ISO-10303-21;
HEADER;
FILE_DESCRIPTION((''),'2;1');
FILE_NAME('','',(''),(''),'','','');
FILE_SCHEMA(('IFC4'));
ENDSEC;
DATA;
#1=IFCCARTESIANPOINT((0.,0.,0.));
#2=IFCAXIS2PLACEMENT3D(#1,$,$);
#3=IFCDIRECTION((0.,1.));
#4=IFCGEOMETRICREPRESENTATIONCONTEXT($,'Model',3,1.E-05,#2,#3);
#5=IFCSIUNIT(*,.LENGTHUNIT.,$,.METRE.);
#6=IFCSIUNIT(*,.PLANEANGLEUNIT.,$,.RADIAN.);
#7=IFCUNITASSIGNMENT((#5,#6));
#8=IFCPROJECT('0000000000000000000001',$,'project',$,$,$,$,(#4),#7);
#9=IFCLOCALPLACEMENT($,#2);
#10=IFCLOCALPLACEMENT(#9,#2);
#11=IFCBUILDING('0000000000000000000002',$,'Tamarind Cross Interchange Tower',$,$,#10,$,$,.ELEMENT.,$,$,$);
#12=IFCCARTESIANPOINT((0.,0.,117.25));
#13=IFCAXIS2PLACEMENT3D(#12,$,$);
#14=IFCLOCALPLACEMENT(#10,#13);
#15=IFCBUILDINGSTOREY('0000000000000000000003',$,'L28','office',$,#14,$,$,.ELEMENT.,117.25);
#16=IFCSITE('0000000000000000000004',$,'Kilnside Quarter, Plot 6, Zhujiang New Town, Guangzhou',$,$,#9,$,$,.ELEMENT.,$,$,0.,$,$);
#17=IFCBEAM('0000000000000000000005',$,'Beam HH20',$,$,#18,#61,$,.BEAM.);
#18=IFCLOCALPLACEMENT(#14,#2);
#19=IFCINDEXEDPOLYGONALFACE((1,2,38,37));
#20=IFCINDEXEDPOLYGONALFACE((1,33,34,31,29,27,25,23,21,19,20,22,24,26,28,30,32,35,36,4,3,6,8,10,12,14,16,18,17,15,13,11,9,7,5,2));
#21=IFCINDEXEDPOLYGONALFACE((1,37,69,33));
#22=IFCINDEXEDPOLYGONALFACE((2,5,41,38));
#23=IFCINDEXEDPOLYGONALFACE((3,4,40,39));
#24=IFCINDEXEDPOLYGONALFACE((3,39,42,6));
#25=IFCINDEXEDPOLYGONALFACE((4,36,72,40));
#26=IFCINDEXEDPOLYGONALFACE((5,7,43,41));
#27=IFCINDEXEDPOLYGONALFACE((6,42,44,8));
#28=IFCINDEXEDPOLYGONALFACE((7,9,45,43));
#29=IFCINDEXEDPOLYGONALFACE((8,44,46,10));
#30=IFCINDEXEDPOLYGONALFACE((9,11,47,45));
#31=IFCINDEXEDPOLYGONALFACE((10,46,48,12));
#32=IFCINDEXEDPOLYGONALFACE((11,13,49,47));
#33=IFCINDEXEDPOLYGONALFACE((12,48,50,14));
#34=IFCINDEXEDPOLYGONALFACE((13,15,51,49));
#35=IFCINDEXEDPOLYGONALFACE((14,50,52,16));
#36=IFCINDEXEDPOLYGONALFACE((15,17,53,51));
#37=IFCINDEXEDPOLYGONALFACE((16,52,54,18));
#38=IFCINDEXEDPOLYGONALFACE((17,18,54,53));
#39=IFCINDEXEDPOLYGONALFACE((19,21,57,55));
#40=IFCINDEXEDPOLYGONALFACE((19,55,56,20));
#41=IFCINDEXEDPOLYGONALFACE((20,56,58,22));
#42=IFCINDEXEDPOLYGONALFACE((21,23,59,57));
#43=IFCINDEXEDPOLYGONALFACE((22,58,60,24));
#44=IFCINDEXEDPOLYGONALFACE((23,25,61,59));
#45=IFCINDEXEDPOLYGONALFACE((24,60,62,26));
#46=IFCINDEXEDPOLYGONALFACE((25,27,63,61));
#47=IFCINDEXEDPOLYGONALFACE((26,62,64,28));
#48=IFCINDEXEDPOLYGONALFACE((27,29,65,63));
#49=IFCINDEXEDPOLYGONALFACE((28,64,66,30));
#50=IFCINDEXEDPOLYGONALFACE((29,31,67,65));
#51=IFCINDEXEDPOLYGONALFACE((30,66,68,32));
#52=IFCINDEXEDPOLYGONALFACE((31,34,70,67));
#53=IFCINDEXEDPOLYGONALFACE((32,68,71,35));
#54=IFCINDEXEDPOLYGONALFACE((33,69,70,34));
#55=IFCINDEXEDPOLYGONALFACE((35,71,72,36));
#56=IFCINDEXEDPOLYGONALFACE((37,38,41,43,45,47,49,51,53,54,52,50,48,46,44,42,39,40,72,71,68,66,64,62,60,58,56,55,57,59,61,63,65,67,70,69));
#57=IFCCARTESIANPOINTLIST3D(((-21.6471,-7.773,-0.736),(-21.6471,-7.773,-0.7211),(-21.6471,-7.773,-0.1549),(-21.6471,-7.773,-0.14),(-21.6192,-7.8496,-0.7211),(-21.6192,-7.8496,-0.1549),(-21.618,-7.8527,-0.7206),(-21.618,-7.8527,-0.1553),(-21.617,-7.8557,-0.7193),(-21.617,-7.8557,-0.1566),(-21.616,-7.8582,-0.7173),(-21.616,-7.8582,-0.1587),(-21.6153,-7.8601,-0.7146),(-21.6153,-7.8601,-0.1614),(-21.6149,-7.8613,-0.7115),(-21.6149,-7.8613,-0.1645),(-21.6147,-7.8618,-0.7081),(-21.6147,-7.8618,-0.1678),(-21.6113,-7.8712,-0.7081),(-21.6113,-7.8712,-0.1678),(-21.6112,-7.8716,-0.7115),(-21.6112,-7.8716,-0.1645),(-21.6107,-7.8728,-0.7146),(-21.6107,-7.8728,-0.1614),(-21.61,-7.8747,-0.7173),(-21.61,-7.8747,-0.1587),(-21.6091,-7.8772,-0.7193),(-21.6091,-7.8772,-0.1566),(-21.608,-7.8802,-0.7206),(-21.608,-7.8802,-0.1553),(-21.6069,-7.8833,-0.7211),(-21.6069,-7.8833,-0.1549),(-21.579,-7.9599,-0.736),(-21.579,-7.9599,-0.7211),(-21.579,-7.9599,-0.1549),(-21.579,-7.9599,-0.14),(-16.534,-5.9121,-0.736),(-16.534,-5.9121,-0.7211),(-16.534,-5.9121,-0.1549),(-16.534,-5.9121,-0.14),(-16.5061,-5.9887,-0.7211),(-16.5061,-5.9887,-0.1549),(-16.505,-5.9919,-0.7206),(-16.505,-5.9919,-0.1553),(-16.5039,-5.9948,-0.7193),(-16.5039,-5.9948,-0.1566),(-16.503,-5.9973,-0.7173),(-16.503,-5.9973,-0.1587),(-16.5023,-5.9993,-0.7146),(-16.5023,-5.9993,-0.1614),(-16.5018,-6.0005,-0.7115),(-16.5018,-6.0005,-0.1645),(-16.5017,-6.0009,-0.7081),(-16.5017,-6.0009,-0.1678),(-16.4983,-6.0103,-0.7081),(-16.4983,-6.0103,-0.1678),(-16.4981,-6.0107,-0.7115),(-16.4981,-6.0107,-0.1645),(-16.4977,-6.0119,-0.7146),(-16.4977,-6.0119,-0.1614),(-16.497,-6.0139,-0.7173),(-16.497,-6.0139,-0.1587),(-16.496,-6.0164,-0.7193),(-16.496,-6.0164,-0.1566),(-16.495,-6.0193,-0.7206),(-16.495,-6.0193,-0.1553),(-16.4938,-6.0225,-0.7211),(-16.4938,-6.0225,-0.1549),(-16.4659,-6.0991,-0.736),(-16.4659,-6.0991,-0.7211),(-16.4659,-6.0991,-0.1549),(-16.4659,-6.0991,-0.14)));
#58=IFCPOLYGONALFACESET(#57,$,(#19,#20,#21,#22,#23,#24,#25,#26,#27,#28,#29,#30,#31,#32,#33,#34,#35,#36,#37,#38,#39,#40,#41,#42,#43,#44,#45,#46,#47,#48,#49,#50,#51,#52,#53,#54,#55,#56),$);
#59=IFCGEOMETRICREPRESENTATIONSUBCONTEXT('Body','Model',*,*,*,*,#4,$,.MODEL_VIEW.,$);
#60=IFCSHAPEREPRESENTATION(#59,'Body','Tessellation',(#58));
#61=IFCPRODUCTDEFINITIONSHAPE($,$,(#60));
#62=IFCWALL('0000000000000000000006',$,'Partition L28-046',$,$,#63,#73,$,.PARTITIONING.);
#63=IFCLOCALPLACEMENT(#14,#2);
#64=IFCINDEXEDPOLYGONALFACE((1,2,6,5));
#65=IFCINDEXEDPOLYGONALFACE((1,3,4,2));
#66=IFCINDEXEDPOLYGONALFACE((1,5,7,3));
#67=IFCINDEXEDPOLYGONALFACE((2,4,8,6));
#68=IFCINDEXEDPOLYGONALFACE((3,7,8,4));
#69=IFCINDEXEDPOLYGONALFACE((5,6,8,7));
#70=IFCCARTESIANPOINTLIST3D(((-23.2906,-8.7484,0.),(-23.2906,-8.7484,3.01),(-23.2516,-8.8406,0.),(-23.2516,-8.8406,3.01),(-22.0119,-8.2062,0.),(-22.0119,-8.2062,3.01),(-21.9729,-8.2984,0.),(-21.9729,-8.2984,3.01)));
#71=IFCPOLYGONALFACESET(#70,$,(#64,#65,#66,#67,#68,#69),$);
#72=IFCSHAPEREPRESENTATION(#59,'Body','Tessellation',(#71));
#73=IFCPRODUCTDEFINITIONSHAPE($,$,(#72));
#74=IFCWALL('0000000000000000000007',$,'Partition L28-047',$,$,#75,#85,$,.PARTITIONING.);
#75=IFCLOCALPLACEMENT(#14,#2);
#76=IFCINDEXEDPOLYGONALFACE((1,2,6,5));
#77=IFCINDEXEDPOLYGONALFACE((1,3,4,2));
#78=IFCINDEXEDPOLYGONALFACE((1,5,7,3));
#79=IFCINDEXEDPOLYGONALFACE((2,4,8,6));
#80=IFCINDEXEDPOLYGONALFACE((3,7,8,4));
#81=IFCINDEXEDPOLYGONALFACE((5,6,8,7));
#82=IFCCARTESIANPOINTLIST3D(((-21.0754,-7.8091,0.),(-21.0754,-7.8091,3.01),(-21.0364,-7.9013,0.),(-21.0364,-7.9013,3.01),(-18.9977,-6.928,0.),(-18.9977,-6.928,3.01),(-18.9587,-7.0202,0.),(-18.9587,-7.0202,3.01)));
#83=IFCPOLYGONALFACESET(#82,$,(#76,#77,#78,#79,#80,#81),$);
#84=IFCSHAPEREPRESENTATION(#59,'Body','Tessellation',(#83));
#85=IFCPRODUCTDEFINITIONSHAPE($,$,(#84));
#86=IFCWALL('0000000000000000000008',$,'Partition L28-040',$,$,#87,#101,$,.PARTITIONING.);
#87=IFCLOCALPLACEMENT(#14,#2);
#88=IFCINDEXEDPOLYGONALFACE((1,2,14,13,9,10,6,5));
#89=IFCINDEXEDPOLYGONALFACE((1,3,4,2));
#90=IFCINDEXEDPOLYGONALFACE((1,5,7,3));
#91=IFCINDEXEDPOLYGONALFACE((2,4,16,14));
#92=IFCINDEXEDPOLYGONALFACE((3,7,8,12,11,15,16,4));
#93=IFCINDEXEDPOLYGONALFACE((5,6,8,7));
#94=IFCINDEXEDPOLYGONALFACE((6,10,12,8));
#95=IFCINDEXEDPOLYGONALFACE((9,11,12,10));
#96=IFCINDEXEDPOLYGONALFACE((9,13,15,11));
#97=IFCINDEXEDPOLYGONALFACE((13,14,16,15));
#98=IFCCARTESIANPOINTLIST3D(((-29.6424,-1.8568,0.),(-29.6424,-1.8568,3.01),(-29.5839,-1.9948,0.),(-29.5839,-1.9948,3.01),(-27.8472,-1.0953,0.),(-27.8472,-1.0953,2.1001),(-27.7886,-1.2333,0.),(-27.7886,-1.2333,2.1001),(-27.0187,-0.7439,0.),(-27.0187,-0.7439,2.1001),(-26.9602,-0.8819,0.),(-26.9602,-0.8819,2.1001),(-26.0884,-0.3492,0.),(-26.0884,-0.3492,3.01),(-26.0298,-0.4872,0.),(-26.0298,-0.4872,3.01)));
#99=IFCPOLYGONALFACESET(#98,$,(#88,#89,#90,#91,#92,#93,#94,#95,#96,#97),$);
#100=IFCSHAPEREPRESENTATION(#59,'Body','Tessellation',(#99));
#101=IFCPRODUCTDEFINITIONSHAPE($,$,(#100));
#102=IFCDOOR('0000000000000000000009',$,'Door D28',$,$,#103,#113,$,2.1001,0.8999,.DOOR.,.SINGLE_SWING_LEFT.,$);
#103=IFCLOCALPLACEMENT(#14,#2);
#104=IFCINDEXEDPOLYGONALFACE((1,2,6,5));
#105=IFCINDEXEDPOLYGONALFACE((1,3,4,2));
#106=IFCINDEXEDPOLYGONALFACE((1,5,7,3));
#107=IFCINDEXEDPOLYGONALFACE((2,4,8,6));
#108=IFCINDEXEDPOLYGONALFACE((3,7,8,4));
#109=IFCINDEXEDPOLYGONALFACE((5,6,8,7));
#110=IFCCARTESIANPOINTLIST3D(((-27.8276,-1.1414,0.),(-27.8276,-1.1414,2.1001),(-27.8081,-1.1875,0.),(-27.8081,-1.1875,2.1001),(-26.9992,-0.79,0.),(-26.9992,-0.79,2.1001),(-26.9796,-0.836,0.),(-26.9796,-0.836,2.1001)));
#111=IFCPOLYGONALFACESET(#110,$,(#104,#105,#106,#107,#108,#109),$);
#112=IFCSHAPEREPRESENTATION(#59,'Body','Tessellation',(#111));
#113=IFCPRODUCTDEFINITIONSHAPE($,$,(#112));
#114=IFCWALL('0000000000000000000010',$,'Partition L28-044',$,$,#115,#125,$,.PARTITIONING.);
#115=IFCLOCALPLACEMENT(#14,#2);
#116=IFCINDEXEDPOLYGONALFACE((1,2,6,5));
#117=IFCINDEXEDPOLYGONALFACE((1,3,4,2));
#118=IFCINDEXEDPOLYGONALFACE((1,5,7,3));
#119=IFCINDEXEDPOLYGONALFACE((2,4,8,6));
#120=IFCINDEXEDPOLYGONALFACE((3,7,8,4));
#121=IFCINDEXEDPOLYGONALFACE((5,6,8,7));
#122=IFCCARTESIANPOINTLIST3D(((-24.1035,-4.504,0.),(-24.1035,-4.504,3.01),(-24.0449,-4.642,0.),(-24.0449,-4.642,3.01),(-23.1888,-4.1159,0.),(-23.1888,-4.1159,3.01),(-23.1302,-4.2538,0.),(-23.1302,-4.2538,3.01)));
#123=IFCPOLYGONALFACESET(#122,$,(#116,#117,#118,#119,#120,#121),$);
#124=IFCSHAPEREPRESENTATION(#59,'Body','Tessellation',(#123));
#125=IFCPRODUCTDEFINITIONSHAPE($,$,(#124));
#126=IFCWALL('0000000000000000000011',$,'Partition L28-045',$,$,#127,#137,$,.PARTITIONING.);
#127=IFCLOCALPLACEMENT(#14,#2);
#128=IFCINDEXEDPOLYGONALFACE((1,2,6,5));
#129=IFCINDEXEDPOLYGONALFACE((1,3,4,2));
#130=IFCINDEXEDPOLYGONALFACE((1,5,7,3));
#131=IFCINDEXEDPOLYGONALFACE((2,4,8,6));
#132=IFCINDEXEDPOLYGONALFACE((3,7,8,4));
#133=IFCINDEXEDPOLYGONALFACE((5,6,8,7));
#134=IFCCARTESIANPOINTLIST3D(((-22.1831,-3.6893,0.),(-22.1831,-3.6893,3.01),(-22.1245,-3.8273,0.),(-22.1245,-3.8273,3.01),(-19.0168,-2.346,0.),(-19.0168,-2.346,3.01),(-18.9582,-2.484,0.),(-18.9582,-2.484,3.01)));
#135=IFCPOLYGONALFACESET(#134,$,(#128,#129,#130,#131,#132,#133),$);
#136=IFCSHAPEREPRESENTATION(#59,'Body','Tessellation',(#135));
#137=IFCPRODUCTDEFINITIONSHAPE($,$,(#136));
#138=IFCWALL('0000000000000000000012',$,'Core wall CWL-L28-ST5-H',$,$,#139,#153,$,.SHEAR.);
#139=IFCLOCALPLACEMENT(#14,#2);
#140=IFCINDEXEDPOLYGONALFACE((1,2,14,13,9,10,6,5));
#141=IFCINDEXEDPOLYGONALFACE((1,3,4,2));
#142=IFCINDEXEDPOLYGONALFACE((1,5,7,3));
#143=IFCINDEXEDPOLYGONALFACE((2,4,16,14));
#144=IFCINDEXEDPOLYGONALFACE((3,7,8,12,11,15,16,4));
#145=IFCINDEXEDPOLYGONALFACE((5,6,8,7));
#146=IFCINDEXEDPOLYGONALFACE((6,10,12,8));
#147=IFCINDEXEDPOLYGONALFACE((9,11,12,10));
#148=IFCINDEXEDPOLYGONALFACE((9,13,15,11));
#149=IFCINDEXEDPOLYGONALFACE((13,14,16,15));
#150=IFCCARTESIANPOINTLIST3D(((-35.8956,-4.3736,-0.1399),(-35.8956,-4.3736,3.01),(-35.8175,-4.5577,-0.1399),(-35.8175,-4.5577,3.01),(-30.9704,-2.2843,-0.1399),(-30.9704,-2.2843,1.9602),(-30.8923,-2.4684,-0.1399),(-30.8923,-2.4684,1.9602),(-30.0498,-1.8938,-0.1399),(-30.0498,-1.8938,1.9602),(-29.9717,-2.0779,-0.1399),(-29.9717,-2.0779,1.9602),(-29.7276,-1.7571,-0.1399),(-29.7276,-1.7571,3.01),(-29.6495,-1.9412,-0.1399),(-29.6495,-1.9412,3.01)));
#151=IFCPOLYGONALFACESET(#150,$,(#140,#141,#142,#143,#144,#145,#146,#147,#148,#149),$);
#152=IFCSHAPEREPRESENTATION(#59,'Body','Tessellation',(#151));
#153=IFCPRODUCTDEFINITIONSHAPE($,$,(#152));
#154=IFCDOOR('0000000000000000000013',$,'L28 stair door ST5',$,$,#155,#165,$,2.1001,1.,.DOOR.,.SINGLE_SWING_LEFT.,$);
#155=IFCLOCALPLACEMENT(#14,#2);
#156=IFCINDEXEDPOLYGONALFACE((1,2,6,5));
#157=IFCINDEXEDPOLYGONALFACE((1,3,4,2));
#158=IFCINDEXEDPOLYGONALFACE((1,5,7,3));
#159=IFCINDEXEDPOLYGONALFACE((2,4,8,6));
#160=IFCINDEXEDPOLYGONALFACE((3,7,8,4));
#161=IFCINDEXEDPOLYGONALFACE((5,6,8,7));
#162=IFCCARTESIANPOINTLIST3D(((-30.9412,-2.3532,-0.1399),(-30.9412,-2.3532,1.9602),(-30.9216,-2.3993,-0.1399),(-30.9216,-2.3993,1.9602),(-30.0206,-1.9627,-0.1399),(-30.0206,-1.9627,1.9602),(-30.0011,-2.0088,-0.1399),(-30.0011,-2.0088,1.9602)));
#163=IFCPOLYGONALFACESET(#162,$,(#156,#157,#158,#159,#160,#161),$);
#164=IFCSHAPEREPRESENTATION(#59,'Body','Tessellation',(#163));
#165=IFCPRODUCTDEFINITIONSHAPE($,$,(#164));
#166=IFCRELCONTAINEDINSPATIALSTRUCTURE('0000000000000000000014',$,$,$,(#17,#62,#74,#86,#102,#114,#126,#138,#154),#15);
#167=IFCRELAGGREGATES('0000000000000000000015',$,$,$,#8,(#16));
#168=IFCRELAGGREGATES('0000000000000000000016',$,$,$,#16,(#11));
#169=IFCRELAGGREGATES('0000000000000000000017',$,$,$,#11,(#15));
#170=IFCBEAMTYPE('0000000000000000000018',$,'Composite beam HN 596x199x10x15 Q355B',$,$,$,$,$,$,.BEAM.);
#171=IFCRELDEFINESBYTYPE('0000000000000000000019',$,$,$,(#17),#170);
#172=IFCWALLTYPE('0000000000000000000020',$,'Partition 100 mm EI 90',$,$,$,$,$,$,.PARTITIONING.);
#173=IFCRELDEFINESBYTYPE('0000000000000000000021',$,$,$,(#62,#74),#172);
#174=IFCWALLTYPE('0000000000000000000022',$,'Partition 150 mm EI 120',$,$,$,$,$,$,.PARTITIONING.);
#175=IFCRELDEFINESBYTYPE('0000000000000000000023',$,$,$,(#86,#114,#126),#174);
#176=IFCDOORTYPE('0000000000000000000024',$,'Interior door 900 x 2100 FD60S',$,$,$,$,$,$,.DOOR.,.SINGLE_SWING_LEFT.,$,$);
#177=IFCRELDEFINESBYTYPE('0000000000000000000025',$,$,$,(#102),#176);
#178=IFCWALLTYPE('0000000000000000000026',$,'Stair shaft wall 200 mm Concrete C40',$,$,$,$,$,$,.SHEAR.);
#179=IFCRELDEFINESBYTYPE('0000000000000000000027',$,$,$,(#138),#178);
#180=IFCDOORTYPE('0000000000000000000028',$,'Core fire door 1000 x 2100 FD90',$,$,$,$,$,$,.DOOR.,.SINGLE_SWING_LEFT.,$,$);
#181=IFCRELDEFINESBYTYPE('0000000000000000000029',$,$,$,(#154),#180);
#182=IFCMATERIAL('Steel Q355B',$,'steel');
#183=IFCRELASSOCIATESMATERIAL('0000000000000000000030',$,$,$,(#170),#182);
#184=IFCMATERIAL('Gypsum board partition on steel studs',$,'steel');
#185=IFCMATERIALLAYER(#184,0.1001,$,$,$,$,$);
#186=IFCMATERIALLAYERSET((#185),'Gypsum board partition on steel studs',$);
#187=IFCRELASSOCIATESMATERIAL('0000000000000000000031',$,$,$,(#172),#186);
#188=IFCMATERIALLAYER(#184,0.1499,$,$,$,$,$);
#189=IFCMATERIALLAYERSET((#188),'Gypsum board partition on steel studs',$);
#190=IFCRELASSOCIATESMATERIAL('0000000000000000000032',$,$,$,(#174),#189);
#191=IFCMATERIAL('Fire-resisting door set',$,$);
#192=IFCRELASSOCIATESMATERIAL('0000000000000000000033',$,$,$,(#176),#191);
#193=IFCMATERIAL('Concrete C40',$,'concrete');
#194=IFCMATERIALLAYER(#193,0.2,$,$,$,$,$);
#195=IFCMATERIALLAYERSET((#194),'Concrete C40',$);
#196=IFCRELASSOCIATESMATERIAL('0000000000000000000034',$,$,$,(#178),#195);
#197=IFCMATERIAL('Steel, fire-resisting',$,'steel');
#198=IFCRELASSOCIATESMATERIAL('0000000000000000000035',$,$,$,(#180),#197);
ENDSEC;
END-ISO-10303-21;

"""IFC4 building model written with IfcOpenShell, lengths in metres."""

from ifc_helpers import new_model, si_unit, direction, frame, frame_2d, origin, origin_2d, place, context, subcontext, project, spatial, rectangle, i_section, extrude, material, layer, layer_set, material_profile, profile_set, type_object, element, fill, save


model = new_model("IFC4")

# Units and contexts
model_context = context("Model", 3, precision=1e-05, world=origin(), true_north=direction((0.0, 1.0)))
body_context = subcontext(model_context, "Body", "Model", "MODEL_VIEW")
ifc_project = project(units=[si_unit("LENGTHUNIT", "METRE"), si_unit("PLANEANGLEUNIT", "RADIAN")], contexts=[model_context])

# Site, building, storey
site_placement = place(None, origin())
site = spatial("IfcSite", under=ifc_project, at=site_placement, Name="Kilnside Quarter, Plot 6, Zhujiang New Town, Guangzhou", CompositionType="ELEMENT", RefElevation=0.0)
building_placement = place(site_placement, origin())
building = spatial("IfcBuilding", under=site, at=building_placement, Name="Tamarind Cross Interchange Tower", CompositionType="ELEMENT")
storey_placement = place(building_placement, frame((0.0, 0.0, 117.25)))
storey = spatial("IfcBuildingStorey", under=building, at=storey_placement, Name="L28", Description="office", CompositionType="ELEMENT", Elevation=117.25)

# Beam
ifc_material_1 = material(Name="Steel Q355B", Category="steel")
ifc_material_profile_1 = material_profile(ifc_material_1, i_section(OverallWidth=0.199, OverallDepth=0.5959, WebThickness=0.01, FlangeThickness=0.0149, FilletRadius=0.0129, at=origin_2d()), Name="HN 596x199x10x15")
ifc_profile_set_1 = profile_set([ifc_material_profile_1], Name="Steel Q355B")
beam_type_1 = type_object("IfcBeamType", Name="Composite beam HN 596x199x10x15 Q355B", PredefinedType="BEAM", material=ifc_profile_set_1)
beam_1_placement = place(storey_placement, frame((-21.613, -7.8665, -0.438), z_axis=(0.939702, 0.341995, 0.0), x_axis=(-0.341995, 0.939702, 0.0)))
element("IfcBeam", 1, at=beam_1_placement, inside=storey, type_object=beam_type_1, Name="Beam HH20", PredefinedType="BEAM", context=body_context, shape_type="SweptSolid", body=[
    extrude(i_section(OverallWidth=0.199, OverallDepth=0.5959, WebThickness=0.01, FlangeThickness=0.0149, FilletRadius=0.0129, at=origin_2d()), origin(), (0.0, 0.0, 1.0), 5.4412),
])

# Walls
ifc_material_2 = material(Name="Gypsum board partition on steel studs", Category="steel")
ifc_layer_1 = layer(ifc_material_2, 0.1001)
ifc_layer_set_1 = layer_set([ifc_layer_1], Name="Gypsum board partition on steel studs")
wall_type_1 = type_object("IfcWallType", Name="Partition 100 mm EI 90", PredefinedType="PARTITIONING", material=ifc_layer_set_1)
wall_1_placement = place(storey_placement, frame((-23.271, -8.7944, 0.0), z_axis=(0.0, 0.0, 1.0), x_axis=(0.920656, 0.390374, 0.0)))
element("IfcWall", 2, at=wall_1_placement, inside=storey, type_object=wall_type_1, Name="Partition L28-046", PredefinedType="PARTITIONING", context=body_context, shape_type="SweptSolid", body=[
    extrude(rectangle(XDim=1.3889, YDim=0.1001, at=frame_2d((0.6943, 0.0))), origin(), (0.0, 0.0, 1.0), 3.01),
])
wall_2_placement = place(storey_placement, frame((-21.0559, -7.8552, 0.0), z_axis=(0.0, 0.0, 1.0), x_axis=(0.920632, 0.39043, 0.0)))
element("IfcWall", 3, at=wall_2_placement, inside=storey, type_object=wall_type_1, Name="Partition L28-047", PredefinedType="PARTITIONING", context=body_context, shape_type="SweptSolid", body=[
    extrude(rectangle(XDim=2.2568, YDim=0.1001, at=frame_2d((1.1284, 0.0))), origin(), (0.0, 0.0, 1.0), 3.01),
])

# Wall, opening, door
ifc_layer_2 = layer(ifc_material_2, 0.1499)
ifc_layer_set_2 = layer_set([ifc_layer_2], Name="Gypsum board partition on steel studs")
wall_type_2 = type_object("IfcWallType", Name="Partition 150 mm EI 120", PredefinedType="PARTITIONING", material=ifc_layer_set_2)
wall_3_placement = place(storey_placement, frame((-29.613, -1.9258, 0.0), z_axis=(0.0, 0.0, 1.0), x_axis=(0.920598, 0.390512, 0.0)))
wall_3 = element("IfcWall", 4, at=wall_3_placement, inside=storey, type_object=wall_type_2, Name="Partition L28-040", PredefinedType="PARTITIONING", context=body_context, shape_type="SweptSolid", body=[
    extrude(rectangle(XDim=3.8606, YDim=0.1499, at=frame_2d((1.9302, 0.0))), origin(), (0.0, 0.0, 1.0), 3.01),
])
opening_1_placement = place(wall_3_placement, frame((1.95, 0.0, 0.0)))
opening_1 = element("IfcOpeningElement", 5, at=opening_1_placement, cuts=wall_3, PredefinedType="OPENING", context=body_context, shape_type="SweptSolid", body=[
    extrude(rectangle(XDim=0.8999, YDim=2.1001, at=frame_2d((0.45, 1.05))), frame((0.0, 0.085, 0.0), z_axis=(0.0, -1.0, 0.0), x_axis=(1.0, 0.0, 0.0)), (0.0, 0.0, 1.0), 0.1699),
])
ifc_material_3 = material(Name="Fire-resisting door set")
door_type_1 = type_object("IfcDoorType", Name="Interior door 900 x 2100 FD60S", OperationType="SINGLE_SWING_LEFT", PredefinedType="DOOR", material=ifc_material_3)
door_1_placement = place(opening_1_placement, origin())
door_1 = element("IfcDoor", 6, at=door_1_placement, inside=storey, type_object=door_type_1, Name="Door D28", OperationType="SINGLE_SWING_LEFT", OverallHeight=2.1001, OverallWidth=0.8999, PredefinedType="DOOR", context=body_context, shape_type="SweptSolid", body=[
    extrude(rectangle(XDim=0.8999, YDim=2.1001, at=frame_2d((0.45, 1.05))), frame((0.0, 0.0249, 0.0), z_axis=(0.0, -1.0, 0.0), x_axis=(1.0, 0.0, 0.0)), (0.0, 0.0, 1.0), 0.05),
])
fill(opening_1, door_1)

# Walls
wall_4_placement = place(storey_placement, frame((-24.0742, -4.573, 0.0), z_axis=(0.0, 0.0, 1.0), x_axis=(0.92055, 0.390626, 0.0)))
element("IfcWall", 7, at=wall_4_placement, inside=storey, type_object=wall_type_2, Name="Partition L28-044", PredefinedType="PARTITIONING", context=body_context, shape_type="SweptSolid", body=[
    extrude(rectangle(XDim=0.9937, YDim=0.1499, at=frame_2d((0.4968, 0.0))), origin(), (0.0, 0.0, 1.0), 3.01),
])
wall_5_placement = place(storey_placement, frame((-22.1538, -3.7583, 0.0), z_axis=(0.0, 0.0, 1.0), x_axis=(0.920582, 0.39055, 0.0)))
element("IfcWall", 8, at=wall_5_placement, inside=storey, type_object=wall_type_2, Name="Partition L28-045", PredefinedType="PARTITIONING", context=body_context, shape_type="SweptSolid", body=[
    extrude(rectangle(XDim=3.4395, YDim=0.1499, at=frame_2d((1.7197, 0.0))), origin(), (0.0, 0.0, 1.0), 3.01),
])

# Wall, opening, door
ifc_material_4 = material(Name="Concrete C40", Category="concrete")
ifc_layer_3 = layer(ifc_material_4, 0.2)
ifc_layer_set_3 = layer_set([ifc_layer_3], Name="Concrete C40")
wall_type_3 = type_object("IfcWallType", Name="Stair shaft wall 200 mm Concrete C40", PredefinedType="SHEAR", material=ifc_layer_set_3)
wall_6_placement = place(storey_placement, frame((-29.6885, -1.8491, -0.1399), z_axis=(0.0, 0.0, 1.0), x_axis=(-0.920596, -0.390517, 0.0)))
wall_6 = element("IfcWall", 9, at=wall_6_placement, inside=storey, type_object=wall_type_3, Name="Core wall CWL-L28-ST5-H", PredefinedType="SHEAR", context=body_context, shape_type="SweptSolid", body=[
    extrude(rectangle(XDim=6.7, YDim=0.2, at=frame_2d((3.3501, 0.0))), origin(), (0.0, 0.0, 1.0), 3.1499),
])
opening_2_placement = place(wall_6_placement, frame((0.3501, 0.0, 0.0)))
opening_2 = element("IfcOpeningElement", 10, at=opening_2_placement, cuts=wall_6, PredefinedType="OPENING", context=body_context, shape_type="SweptSolid", body=[
    extrude(rectangle(XDim=1.0, YDim=2.1001, at=frame_2d((0.5, 1.05))), frame((0.0, 0.1099, 0.0), z_axis=(0.0, -1.0, 0.0), x_axis=(1.0, 0.0, 0.0)), (0.0, 0.0, 1.0), 0.22),
])
ifc_material_5 = material(Name="Steel, fire-resisting", Category="steel")
door_type_2 = type_object("IfcDoorType", Name="Core fire door 1000 x 2100 FD90", OperationType="SINGLE_SWING_LEFT", PredefinedType="DOOR", material=ifc_material_5)
door_2_placement = place(opening_2_placement, origin())
door_2 = element("IfcDoor", 11, at=door_2_placement, inside=storey, type_object=door_type_2, Name="L28 stair door ST5", OperationType="SINGLE_SWING_LEFT", OverallHeight=2.1001, OverallWidth=1.0, PredefinedType="DOOR", context=body_context, shape_type="SweptSolid", body=[
    extrude(rectangle(XDim=1.0, YDim=2.1001, at=frame_2d((0.5, 1.05))), frame((0.0, 0.0249, 0.0), z_axis=(0.0, -1.0, 0.0), x_axis=(1.0, 0.0, 0.0)), (0.0, 0.0, 1.0), 0.05),
])
fill(opening_2, door_2)

save(model, "model.ifc")
